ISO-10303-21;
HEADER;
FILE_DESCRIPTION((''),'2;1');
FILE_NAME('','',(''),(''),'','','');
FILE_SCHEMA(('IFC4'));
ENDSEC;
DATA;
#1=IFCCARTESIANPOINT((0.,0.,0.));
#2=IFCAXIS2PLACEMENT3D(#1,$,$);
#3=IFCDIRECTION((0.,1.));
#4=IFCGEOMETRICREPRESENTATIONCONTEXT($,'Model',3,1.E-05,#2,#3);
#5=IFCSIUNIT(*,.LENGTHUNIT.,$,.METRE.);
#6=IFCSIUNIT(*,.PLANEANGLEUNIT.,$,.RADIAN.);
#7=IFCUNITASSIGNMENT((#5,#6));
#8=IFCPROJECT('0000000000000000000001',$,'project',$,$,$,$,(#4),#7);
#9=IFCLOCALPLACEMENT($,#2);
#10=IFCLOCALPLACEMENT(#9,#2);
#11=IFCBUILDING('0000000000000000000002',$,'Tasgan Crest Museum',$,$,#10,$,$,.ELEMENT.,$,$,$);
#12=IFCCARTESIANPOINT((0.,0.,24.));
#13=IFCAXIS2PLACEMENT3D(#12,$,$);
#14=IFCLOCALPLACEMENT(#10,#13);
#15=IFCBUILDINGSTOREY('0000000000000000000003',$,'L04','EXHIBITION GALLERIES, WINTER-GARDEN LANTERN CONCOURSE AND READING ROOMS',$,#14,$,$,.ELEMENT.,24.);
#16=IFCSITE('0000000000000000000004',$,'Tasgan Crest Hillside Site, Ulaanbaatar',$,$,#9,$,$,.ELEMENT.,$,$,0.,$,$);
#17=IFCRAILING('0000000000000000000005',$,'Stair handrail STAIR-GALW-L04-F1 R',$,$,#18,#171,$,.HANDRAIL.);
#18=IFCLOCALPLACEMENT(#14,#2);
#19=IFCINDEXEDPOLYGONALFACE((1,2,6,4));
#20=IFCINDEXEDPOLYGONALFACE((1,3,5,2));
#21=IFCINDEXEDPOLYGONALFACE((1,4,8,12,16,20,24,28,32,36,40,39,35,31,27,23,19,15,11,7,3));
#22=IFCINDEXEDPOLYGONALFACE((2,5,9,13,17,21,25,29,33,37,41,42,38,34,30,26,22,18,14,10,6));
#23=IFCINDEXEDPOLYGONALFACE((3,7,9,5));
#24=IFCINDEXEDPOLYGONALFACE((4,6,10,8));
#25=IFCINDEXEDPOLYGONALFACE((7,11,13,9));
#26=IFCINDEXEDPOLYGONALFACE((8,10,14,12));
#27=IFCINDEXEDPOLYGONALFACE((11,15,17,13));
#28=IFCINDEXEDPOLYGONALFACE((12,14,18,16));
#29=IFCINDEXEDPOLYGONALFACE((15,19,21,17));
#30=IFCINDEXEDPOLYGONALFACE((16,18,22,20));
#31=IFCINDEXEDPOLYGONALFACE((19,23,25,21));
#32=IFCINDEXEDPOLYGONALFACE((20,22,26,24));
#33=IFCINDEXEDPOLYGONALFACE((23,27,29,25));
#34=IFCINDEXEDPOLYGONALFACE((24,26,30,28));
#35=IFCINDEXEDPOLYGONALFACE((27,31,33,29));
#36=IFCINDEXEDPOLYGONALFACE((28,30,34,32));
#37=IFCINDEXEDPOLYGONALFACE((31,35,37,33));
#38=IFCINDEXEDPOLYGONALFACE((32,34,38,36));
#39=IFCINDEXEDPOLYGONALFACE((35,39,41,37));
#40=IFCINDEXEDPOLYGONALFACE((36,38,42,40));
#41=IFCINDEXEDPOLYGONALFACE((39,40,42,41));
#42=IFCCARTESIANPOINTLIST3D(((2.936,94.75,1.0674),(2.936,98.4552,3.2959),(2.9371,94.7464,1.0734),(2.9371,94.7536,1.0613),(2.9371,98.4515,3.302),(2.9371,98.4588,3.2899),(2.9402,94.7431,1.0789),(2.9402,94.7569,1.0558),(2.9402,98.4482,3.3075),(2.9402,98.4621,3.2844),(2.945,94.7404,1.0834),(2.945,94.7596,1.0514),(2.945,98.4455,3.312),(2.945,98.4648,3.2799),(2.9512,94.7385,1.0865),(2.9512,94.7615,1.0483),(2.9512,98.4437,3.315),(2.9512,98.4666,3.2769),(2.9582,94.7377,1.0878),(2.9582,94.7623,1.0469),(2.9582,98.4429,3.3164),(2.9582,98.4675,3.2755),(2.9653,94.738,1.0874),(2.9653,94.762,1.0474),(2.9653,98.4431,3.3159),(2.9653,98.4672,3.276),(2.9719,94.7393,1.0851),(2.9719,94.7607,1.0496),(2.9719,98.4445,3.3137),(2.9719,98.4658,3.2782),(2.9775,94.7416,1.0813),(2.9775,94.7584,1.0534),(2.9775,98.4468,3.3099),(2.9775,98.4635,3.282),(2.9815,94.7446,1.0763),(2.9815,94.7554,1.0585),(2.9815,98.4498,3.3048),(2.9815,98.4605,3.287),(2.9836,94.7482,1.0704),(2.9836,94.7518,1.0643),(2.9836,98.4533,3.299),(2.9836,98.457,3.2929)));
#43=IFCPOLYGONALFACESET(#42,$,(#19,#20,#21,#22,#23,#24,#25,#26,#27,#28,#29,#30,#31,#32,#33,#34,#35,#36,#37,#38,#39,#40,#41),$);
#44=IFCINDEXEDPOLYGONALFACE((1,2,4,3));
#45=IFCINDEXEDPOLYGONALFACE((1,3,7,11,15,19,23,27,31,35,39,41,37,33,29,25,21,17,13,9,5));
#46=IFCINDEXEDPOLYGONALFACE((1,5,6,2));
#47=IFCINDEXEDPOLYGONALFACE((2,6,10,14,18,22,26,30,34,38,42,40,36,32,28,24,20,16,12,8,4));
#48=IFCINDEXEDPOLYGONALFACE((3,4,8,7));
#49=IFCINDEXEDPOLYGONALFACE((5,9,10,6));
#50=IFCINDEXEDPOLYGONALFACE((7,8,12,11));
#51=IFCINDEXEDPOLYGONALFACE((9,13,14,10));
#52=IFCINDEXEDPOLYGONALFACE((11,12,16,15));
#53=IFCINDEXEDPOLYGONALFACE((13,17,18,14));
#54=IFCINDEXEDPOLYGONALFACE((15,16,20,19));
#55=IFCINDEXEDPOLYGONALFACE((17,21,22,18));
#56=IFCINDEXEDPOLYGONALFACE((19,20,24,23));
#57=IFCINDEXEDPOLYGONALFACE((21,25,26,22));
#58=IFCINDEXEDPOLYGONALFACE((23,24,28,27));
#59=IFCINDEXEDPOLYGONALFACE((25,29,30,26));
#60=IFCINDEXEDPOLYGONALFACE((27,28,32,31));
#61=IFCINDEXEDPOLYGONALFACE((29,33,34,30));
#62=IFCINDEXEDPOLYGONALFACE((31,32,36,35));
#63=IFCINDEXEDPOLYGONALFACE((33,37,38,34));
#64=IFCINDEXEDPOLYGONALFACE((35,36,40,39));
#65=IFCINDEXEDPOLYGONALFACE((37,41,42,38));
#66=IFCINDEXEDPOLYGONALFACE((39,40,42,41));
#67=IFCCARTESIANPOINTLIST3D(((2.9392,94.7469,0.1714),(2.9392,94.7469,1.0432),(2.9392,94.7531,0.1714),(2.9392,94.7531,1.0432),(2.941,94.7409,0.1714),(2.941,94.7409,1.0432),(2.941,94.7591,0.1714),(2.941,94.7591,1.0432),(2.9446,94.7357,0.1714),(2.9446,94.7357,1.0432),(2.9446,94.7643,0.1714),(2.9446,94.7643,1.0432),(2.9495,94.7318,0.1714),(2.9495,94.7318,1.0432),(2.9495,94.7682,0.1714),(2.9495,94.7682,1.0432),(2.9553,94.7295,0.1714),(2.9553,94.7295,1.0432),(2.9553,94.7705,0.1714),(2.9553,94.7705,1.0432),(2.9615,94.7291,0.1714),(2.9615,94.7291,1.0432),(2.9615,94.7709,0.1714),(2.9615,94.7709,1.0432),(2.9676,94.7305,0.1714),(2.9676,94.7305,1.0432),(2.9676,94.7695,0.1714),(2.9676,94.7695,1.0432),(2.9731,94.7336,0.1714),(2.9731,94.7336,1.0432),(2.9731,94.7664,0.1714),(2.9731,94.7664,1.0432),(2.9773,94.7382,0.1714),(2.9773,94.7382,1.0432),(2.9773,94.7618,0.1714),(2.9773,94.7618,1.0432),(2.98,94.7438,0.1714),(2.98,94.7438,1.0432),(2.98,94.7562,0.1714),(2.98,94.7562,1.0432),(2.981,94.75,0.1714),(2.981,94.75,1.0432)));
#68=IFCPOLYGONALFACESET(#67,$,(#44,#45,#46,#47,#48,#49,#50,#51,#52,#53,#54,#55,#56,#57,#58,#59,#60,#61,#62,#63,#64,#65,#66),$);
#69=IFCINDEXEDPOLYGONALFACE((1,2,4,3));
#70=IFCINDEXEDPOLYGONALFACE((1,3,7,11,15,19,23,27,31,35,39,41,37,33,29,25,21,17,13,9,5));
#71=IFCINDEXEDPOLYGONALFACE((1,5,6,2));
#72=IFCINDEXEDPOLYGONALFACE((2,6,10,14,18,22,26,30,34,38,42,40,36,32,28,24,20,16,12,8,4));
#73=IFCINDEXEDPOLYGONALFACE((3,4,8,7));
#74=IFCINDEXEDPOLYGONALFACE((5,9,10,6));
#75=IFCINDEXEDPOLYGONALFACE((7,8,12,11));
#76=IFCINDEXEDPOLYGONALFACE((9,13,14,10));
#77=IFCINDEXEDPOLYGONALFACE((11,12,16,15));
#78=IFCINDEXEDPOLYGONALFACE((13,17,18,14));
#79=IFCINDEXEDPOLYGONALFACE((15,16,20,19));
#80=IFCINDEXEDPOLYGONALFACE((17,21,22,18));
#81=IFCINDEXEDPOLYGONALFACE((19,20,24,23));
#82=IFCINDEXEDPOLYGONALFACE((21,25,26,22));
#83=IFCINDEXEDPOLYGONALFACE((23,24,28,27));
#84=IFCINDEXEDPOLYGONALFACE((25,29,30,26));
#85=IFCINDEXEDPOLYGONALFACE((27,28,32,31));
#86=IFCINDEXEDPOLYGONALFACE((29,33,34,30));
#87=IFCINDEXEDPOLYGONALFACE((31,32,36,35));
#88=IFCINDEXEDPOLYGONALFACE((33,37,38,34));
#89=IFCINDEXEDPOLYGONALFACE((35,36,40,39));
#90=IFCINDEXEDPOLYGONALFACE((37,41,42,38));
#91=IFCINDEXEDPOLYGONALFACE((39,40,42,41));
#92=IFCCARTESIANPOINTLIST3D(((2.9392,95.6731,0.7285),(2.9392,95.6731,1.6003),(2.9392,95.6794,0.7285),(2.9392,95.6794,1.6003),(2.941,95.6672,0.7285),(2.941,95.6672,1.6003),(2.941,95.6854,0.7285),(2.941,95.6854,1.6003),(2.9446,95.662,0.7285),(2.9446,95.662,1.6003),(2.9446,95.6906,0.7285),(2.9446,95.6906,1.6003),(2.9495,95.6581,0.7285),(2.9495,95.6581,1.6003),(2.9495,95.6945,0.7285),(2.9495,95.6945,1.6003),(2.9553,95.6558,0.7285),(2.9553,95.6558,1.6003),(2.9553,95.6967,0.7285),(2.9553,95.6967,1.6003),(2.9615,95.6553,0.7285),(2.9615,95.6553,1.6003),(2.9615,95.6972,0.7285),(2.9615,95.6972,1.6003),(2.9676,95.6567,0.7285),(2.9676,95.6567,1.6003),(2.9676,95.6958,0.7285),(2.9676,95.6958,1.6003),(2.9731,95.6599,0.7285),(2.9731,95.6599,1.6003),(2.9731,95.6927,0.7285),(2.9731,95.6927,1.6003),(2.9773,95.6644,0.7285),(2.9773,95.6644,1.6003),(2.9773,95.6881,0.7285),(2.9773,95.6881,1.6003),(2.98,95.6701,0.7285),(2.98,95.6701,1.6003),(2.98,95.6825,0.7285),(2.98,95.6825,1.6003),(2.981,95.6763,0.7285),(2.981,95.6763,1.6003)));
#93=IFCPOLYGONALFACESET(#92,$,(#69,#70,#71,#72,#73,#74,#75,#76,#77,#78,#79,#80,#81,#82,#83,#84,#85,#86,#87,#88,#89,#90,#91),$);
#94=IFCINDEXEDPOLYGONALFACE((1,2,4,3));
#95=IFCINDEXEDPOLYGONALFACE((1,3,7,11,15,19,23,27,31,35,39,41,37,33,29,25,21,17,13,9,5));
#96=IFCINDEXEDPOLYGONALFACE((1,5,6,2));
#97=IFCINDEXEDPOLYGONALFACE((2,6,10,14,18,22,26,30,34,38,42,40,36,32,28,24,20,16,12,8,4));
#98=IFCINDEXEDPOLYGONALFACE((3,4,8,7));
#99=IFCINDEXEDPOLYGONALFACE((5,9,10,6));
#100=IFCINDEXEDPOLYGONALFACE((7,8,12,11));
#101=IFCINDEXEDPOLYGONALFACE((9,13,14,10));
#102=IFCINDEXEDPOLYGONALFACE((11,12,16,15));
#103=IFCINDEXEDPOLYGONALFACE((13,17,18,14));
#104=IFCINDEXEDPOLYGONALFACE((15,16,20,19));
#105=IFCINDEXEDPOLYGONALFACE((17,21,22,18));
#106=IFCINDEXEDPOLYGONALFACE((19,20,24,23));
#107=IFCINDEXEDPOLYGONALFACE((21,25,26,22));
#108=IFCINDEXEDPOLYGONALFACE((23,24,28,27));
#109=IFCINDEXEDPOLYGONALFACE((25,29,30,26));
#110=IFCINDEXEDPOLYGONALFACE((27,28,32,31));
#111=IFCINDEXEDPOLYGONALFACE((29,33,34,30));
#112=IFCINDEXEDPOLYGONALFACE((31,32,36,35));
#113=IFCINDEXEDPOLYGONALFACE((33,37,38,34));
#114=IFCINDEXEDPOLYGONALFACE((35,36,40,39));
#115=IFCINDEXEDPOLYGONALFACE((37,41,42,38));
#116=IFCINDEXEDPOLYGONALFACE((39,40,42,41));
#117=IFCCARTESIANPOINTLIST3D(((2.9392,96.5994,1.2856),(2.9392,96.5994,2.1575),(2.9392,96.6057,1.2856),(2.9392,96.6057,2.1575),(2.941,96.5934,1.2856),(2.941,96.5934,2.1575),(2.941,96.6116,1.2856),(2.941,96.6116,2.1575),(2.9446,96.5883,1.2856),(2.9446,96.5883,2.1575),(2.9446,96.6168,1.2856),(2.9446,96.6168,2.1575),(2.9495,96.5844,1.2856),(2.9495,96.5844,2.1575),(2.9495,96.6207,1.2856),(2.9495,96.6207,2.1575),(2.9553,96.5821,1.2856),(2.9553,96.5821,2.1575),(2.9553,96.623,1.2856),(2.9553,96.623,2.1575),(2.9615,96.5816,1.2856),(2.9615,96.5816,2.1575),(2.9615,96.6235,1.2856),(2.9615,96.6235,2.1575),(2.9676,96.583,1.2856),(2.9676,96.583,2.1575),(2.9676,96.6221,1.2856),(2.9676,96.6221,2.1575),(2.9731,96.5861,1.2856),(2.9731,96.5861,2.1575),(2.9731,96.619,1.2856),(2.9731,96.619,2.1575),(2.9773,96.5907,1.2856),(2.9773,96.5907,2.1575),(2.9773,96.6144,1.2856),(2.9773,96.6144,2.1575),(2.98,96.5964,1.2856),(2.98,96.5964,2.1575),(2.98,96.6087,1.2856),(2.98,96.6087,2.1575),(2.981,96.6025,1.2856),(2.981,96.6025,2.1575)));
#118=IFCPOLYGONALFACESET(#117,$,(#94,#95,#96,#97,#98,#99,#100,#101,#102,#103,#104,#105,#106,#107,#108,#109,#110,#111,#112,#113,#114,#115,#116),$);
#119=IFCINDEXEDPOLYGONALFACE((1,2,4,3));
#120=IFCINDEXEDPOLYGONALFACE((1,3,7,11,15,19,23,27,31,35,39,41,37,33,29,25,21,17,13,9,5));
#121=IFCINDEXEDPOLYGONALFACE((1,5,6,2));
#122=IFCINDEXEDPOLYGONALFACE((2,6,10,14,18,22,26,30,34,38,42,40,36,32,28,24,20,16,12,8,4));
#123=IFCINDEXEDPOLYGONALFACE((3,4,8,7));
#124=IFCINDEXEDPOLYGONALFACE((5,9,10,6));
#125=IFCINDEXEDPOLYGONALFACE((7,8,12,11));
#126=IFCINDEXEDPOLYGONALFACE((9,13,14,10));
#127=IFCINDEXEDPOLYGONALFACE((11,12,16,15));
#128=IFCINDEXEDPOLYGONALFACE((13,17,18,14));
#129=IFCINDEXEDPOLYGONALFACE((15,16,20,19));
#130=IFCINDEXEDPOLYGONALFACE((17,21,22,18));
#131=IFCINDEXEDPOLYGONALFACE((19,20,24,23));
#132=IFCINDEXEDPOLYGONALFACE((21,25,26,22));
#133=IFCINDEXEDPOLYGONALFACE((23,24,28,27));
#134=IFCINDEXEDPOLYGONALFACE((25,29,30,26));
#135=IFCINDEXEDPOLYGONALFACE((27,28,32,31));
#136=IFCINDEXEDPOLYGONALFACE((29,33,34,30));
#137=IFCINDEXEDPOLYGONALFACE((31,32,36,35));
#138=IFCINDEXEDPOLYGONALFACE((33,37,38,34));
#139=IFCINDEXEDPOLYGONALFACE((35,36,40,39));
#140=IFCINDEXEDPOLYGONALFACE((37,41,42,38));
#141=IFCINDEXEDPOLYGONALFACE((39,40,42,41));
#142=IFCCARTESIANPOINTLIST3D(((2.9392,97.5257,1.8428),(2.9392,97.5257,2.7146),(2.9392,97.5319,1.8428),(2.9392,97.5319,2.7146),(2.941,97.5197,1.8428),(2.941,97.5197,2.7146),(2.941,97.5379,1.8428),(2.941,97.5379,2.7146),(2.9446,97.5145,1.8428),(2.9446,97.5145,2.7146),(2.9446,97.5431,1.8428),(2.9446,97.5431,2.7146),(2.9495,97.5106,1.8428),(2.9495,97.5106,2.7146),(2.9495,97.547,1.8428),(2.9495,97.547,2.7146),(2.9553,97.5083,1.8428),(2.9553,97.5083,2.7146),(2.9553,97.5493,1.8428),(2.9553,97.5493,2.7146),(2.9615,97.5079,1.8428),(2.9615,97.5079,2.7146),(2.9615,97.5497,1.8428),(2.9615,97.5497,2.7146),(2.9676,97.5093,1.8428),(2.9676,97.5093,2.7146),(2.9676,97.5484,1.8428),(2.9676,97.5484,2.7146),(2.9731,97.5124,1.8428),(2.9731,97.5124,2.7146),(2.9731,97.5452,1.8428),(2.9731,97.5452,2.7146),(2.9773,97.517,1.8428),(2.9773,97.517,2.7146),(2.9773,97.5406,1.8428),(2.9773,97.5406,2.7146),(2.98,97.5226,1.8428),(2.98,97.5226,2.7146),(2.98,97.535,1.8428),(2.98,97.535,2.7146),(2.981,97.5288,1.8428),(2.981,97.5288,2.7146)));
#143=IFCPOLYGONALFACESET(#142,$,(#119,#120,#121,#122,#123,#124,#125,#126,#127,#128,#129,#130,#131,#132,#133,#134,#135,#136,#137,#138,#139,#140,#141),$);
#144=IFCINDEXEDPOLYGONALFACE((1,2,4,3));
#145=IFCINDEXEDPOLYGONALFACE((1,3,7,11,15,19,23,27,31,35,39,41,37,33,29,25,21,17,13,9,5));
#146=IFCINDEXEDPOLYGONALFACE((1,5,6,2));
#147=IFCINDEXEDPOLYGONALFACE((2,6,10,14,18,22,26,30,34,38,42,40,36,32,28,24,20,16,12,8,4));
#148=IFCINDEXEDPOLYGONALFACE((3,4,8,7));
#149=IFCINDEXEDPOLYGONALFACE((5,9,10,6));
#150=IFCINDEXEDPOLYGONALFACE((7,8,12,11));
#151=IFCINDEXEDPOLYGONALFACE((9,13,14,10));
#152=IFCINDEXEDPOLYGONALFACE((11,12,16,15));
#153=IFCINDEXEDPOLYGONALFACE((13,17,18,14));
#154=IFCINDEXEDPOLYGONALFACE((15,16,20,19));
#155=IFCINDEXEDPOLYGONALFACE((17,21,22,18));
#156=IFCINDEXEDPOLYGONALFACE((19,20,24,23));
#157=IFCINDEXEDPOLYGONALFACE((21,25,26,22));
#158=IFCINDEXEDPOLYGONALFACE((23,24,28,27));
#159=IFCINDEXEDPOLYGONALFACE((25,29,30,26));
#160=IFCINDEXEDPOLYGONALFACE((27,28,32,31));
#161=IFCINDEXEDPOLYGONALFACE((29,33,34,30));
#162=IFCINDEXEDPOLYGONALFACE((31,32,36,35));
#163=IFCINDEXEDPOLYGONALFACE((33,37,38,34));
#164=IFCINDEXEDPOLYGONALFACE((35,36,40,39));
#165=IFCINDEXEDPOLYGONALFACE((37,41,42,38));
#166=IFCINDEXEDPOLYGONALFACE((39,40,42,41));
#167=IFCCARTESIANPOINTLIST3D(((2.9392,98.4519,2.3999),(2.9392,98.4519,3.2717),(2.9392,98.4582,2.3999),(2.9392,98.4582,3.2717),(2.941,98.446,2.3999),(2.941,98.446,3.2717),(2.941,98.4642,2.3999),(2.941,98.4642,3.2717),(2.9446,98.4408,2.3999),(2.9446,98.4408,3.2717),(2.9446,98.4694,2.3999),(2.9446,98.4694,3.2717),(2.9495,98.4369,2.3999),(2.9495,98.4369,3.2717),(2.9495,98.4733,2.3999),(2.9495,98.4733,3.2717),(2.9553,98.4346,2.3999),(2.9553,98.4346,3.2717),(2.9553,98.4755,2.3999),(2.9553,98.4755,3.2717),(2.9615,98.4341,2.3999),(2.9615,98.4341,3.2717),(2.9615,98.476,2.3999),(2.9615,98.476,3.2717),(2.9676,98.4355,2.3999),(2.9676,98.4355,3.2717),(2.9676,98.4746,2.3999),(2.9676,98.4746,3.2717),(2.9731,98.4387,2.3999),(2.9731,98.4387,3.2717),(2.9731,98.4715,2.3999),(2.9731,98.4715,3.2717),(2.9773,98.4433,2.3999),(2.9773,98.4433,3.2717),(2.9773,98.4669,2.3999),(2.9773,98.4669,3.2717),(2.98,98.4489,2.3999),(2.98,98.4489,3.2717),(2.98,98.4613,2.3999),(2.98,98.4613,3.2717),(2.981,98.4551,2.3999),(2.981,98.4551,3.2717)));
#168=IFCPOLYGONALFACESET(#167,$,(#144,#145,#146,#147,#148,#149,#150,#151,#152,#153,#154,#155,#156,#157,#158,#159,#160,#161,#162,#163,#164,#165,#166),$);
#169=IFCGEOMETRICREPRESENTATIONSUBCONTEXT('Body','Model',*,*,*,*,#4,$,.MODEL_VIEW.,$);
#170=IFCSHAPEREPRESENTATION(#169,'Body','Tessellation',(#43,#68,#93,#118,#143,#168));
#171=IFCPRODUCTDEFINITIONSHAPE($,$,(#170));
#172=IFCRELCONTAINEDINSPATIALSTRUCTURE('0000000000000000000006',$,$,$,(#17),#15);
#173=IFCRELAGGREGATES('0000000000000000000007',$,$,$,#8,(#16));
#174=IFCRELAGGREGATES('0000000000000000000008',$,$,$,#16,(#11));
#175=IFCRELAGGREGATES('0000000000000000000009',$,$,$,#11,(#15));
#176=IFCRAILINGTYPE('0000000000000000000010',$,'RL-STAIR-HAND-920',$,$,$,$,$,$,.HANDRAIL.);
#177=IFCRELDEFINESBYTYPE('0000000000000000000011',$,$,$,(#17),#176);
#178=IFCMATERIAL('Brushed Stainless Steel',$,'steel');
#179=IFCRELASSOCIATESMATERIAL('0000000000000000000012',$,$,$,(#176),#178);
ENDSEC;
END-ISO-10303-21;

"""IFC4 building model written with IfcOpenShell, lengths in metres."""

from ifc_helpers import new_model, si_unit, direction, frame, origin, origin_2d, place, context, subcontext, project, spatial, circle, extrude, material, type_object, element, save


model = new_model("IFC4")

# Units and contexts
model_context = context("Model", 3, precision=1e-05, world=origin(), true_north=direction((0.0, 1.0)))
body_context = subcontext(model_context, "Body", "Model", "MODEL_VIEW")
ifc_project = project(units=[si_unit("LENGTHUNIT", "METRE"), si_unit("PLANEANGLEUNIT", "RADIAN")], contexts=[model_context])

# Site, building, storey
site_placement = place(None, origin())
site = spatial("IfcSite", under=ifc_project, at=site_placement, Name="Tasgan Crest Hillside Site, Ulaanbaatar", CompositionType="ELEMENT", RefElevation=0.0)
building_placement = place(site_placement, origin())
building = spatial("IfcBuilding", under=site, at=building_placement, Name="Tasgan Crest Museum", CompositionType="ELEMENT")
storey_placement = place(building_placement, frame((0.0, 0.0, 24.0)))
storey = spatial("IfcBuildingStorey", under=building, at=storey_placement, Name="L04", Description="EXHIBITION GALLERIES, WINTER-GARDEN LANTERN CONCOURSE AND READING ROOMS", CompositionType="ELEMENT", Elevation=24.0)

# Railing
ifc_material_1 = material(Name="Brushed Stainless Steel", Category="steel")
railing_type_1 = type_object("IfcRailingType", Name="RL-STAIR-HAND-920", PredefinedType="HANDRAIL", material=ifc_material_1)
for number, where, name in (
    (1, (2.96, 94.75, 0.1714), "Stair handrail STAIR-GALW-L04-F1 R"),
):
    element("IfcRailing", number, at=place(storey_placement, frame(where)), inside=storey, type_object=railing_type_1, Name=name, PredefinedType="HANDRAIL", context=body_context, shape_type="SweptSolid", body=[
        extrude(circle(Radius=0.0239, at=origin_2d()), frame((0.0, 0.0, 0.896), z_axis=(0.0, 0.856934, 0.515425), x_axis=(-1.0, 0.0, 0.0)), (0.0, 0.0, 1.0), 4.3237),
        extrude(circle(Radius=0.021, at=origin_2d()), origin(), (0.0, 0.0, 1.0), 0.8718),
        extrude(circle(Radius=0.021, at=origin_2d()), frame((0.0, 0.9263, 0.5571)), (0.0, 0.0, 1.0), 0.8718),
        extrude(circle(Radius=0.021, at=origin_2d()), frame((0.0, 1.8525, 1.1143)), (0.0, 0.0, 1.0), 0.8718),
        extrude(circle(Radius=0.021, at=origin_2d()), frame((0.0, 2.7788, 1.6714)), (0.0, 0.0, 1.0), 0.8718),
        extrude(circle(Radius=0.021, at=origin_2d()), frame((0.0, 3.7051, 2.2285)), (0.0, 0.0, 1.0), 0.8718),
    ])

save(model, "model.ifc")
